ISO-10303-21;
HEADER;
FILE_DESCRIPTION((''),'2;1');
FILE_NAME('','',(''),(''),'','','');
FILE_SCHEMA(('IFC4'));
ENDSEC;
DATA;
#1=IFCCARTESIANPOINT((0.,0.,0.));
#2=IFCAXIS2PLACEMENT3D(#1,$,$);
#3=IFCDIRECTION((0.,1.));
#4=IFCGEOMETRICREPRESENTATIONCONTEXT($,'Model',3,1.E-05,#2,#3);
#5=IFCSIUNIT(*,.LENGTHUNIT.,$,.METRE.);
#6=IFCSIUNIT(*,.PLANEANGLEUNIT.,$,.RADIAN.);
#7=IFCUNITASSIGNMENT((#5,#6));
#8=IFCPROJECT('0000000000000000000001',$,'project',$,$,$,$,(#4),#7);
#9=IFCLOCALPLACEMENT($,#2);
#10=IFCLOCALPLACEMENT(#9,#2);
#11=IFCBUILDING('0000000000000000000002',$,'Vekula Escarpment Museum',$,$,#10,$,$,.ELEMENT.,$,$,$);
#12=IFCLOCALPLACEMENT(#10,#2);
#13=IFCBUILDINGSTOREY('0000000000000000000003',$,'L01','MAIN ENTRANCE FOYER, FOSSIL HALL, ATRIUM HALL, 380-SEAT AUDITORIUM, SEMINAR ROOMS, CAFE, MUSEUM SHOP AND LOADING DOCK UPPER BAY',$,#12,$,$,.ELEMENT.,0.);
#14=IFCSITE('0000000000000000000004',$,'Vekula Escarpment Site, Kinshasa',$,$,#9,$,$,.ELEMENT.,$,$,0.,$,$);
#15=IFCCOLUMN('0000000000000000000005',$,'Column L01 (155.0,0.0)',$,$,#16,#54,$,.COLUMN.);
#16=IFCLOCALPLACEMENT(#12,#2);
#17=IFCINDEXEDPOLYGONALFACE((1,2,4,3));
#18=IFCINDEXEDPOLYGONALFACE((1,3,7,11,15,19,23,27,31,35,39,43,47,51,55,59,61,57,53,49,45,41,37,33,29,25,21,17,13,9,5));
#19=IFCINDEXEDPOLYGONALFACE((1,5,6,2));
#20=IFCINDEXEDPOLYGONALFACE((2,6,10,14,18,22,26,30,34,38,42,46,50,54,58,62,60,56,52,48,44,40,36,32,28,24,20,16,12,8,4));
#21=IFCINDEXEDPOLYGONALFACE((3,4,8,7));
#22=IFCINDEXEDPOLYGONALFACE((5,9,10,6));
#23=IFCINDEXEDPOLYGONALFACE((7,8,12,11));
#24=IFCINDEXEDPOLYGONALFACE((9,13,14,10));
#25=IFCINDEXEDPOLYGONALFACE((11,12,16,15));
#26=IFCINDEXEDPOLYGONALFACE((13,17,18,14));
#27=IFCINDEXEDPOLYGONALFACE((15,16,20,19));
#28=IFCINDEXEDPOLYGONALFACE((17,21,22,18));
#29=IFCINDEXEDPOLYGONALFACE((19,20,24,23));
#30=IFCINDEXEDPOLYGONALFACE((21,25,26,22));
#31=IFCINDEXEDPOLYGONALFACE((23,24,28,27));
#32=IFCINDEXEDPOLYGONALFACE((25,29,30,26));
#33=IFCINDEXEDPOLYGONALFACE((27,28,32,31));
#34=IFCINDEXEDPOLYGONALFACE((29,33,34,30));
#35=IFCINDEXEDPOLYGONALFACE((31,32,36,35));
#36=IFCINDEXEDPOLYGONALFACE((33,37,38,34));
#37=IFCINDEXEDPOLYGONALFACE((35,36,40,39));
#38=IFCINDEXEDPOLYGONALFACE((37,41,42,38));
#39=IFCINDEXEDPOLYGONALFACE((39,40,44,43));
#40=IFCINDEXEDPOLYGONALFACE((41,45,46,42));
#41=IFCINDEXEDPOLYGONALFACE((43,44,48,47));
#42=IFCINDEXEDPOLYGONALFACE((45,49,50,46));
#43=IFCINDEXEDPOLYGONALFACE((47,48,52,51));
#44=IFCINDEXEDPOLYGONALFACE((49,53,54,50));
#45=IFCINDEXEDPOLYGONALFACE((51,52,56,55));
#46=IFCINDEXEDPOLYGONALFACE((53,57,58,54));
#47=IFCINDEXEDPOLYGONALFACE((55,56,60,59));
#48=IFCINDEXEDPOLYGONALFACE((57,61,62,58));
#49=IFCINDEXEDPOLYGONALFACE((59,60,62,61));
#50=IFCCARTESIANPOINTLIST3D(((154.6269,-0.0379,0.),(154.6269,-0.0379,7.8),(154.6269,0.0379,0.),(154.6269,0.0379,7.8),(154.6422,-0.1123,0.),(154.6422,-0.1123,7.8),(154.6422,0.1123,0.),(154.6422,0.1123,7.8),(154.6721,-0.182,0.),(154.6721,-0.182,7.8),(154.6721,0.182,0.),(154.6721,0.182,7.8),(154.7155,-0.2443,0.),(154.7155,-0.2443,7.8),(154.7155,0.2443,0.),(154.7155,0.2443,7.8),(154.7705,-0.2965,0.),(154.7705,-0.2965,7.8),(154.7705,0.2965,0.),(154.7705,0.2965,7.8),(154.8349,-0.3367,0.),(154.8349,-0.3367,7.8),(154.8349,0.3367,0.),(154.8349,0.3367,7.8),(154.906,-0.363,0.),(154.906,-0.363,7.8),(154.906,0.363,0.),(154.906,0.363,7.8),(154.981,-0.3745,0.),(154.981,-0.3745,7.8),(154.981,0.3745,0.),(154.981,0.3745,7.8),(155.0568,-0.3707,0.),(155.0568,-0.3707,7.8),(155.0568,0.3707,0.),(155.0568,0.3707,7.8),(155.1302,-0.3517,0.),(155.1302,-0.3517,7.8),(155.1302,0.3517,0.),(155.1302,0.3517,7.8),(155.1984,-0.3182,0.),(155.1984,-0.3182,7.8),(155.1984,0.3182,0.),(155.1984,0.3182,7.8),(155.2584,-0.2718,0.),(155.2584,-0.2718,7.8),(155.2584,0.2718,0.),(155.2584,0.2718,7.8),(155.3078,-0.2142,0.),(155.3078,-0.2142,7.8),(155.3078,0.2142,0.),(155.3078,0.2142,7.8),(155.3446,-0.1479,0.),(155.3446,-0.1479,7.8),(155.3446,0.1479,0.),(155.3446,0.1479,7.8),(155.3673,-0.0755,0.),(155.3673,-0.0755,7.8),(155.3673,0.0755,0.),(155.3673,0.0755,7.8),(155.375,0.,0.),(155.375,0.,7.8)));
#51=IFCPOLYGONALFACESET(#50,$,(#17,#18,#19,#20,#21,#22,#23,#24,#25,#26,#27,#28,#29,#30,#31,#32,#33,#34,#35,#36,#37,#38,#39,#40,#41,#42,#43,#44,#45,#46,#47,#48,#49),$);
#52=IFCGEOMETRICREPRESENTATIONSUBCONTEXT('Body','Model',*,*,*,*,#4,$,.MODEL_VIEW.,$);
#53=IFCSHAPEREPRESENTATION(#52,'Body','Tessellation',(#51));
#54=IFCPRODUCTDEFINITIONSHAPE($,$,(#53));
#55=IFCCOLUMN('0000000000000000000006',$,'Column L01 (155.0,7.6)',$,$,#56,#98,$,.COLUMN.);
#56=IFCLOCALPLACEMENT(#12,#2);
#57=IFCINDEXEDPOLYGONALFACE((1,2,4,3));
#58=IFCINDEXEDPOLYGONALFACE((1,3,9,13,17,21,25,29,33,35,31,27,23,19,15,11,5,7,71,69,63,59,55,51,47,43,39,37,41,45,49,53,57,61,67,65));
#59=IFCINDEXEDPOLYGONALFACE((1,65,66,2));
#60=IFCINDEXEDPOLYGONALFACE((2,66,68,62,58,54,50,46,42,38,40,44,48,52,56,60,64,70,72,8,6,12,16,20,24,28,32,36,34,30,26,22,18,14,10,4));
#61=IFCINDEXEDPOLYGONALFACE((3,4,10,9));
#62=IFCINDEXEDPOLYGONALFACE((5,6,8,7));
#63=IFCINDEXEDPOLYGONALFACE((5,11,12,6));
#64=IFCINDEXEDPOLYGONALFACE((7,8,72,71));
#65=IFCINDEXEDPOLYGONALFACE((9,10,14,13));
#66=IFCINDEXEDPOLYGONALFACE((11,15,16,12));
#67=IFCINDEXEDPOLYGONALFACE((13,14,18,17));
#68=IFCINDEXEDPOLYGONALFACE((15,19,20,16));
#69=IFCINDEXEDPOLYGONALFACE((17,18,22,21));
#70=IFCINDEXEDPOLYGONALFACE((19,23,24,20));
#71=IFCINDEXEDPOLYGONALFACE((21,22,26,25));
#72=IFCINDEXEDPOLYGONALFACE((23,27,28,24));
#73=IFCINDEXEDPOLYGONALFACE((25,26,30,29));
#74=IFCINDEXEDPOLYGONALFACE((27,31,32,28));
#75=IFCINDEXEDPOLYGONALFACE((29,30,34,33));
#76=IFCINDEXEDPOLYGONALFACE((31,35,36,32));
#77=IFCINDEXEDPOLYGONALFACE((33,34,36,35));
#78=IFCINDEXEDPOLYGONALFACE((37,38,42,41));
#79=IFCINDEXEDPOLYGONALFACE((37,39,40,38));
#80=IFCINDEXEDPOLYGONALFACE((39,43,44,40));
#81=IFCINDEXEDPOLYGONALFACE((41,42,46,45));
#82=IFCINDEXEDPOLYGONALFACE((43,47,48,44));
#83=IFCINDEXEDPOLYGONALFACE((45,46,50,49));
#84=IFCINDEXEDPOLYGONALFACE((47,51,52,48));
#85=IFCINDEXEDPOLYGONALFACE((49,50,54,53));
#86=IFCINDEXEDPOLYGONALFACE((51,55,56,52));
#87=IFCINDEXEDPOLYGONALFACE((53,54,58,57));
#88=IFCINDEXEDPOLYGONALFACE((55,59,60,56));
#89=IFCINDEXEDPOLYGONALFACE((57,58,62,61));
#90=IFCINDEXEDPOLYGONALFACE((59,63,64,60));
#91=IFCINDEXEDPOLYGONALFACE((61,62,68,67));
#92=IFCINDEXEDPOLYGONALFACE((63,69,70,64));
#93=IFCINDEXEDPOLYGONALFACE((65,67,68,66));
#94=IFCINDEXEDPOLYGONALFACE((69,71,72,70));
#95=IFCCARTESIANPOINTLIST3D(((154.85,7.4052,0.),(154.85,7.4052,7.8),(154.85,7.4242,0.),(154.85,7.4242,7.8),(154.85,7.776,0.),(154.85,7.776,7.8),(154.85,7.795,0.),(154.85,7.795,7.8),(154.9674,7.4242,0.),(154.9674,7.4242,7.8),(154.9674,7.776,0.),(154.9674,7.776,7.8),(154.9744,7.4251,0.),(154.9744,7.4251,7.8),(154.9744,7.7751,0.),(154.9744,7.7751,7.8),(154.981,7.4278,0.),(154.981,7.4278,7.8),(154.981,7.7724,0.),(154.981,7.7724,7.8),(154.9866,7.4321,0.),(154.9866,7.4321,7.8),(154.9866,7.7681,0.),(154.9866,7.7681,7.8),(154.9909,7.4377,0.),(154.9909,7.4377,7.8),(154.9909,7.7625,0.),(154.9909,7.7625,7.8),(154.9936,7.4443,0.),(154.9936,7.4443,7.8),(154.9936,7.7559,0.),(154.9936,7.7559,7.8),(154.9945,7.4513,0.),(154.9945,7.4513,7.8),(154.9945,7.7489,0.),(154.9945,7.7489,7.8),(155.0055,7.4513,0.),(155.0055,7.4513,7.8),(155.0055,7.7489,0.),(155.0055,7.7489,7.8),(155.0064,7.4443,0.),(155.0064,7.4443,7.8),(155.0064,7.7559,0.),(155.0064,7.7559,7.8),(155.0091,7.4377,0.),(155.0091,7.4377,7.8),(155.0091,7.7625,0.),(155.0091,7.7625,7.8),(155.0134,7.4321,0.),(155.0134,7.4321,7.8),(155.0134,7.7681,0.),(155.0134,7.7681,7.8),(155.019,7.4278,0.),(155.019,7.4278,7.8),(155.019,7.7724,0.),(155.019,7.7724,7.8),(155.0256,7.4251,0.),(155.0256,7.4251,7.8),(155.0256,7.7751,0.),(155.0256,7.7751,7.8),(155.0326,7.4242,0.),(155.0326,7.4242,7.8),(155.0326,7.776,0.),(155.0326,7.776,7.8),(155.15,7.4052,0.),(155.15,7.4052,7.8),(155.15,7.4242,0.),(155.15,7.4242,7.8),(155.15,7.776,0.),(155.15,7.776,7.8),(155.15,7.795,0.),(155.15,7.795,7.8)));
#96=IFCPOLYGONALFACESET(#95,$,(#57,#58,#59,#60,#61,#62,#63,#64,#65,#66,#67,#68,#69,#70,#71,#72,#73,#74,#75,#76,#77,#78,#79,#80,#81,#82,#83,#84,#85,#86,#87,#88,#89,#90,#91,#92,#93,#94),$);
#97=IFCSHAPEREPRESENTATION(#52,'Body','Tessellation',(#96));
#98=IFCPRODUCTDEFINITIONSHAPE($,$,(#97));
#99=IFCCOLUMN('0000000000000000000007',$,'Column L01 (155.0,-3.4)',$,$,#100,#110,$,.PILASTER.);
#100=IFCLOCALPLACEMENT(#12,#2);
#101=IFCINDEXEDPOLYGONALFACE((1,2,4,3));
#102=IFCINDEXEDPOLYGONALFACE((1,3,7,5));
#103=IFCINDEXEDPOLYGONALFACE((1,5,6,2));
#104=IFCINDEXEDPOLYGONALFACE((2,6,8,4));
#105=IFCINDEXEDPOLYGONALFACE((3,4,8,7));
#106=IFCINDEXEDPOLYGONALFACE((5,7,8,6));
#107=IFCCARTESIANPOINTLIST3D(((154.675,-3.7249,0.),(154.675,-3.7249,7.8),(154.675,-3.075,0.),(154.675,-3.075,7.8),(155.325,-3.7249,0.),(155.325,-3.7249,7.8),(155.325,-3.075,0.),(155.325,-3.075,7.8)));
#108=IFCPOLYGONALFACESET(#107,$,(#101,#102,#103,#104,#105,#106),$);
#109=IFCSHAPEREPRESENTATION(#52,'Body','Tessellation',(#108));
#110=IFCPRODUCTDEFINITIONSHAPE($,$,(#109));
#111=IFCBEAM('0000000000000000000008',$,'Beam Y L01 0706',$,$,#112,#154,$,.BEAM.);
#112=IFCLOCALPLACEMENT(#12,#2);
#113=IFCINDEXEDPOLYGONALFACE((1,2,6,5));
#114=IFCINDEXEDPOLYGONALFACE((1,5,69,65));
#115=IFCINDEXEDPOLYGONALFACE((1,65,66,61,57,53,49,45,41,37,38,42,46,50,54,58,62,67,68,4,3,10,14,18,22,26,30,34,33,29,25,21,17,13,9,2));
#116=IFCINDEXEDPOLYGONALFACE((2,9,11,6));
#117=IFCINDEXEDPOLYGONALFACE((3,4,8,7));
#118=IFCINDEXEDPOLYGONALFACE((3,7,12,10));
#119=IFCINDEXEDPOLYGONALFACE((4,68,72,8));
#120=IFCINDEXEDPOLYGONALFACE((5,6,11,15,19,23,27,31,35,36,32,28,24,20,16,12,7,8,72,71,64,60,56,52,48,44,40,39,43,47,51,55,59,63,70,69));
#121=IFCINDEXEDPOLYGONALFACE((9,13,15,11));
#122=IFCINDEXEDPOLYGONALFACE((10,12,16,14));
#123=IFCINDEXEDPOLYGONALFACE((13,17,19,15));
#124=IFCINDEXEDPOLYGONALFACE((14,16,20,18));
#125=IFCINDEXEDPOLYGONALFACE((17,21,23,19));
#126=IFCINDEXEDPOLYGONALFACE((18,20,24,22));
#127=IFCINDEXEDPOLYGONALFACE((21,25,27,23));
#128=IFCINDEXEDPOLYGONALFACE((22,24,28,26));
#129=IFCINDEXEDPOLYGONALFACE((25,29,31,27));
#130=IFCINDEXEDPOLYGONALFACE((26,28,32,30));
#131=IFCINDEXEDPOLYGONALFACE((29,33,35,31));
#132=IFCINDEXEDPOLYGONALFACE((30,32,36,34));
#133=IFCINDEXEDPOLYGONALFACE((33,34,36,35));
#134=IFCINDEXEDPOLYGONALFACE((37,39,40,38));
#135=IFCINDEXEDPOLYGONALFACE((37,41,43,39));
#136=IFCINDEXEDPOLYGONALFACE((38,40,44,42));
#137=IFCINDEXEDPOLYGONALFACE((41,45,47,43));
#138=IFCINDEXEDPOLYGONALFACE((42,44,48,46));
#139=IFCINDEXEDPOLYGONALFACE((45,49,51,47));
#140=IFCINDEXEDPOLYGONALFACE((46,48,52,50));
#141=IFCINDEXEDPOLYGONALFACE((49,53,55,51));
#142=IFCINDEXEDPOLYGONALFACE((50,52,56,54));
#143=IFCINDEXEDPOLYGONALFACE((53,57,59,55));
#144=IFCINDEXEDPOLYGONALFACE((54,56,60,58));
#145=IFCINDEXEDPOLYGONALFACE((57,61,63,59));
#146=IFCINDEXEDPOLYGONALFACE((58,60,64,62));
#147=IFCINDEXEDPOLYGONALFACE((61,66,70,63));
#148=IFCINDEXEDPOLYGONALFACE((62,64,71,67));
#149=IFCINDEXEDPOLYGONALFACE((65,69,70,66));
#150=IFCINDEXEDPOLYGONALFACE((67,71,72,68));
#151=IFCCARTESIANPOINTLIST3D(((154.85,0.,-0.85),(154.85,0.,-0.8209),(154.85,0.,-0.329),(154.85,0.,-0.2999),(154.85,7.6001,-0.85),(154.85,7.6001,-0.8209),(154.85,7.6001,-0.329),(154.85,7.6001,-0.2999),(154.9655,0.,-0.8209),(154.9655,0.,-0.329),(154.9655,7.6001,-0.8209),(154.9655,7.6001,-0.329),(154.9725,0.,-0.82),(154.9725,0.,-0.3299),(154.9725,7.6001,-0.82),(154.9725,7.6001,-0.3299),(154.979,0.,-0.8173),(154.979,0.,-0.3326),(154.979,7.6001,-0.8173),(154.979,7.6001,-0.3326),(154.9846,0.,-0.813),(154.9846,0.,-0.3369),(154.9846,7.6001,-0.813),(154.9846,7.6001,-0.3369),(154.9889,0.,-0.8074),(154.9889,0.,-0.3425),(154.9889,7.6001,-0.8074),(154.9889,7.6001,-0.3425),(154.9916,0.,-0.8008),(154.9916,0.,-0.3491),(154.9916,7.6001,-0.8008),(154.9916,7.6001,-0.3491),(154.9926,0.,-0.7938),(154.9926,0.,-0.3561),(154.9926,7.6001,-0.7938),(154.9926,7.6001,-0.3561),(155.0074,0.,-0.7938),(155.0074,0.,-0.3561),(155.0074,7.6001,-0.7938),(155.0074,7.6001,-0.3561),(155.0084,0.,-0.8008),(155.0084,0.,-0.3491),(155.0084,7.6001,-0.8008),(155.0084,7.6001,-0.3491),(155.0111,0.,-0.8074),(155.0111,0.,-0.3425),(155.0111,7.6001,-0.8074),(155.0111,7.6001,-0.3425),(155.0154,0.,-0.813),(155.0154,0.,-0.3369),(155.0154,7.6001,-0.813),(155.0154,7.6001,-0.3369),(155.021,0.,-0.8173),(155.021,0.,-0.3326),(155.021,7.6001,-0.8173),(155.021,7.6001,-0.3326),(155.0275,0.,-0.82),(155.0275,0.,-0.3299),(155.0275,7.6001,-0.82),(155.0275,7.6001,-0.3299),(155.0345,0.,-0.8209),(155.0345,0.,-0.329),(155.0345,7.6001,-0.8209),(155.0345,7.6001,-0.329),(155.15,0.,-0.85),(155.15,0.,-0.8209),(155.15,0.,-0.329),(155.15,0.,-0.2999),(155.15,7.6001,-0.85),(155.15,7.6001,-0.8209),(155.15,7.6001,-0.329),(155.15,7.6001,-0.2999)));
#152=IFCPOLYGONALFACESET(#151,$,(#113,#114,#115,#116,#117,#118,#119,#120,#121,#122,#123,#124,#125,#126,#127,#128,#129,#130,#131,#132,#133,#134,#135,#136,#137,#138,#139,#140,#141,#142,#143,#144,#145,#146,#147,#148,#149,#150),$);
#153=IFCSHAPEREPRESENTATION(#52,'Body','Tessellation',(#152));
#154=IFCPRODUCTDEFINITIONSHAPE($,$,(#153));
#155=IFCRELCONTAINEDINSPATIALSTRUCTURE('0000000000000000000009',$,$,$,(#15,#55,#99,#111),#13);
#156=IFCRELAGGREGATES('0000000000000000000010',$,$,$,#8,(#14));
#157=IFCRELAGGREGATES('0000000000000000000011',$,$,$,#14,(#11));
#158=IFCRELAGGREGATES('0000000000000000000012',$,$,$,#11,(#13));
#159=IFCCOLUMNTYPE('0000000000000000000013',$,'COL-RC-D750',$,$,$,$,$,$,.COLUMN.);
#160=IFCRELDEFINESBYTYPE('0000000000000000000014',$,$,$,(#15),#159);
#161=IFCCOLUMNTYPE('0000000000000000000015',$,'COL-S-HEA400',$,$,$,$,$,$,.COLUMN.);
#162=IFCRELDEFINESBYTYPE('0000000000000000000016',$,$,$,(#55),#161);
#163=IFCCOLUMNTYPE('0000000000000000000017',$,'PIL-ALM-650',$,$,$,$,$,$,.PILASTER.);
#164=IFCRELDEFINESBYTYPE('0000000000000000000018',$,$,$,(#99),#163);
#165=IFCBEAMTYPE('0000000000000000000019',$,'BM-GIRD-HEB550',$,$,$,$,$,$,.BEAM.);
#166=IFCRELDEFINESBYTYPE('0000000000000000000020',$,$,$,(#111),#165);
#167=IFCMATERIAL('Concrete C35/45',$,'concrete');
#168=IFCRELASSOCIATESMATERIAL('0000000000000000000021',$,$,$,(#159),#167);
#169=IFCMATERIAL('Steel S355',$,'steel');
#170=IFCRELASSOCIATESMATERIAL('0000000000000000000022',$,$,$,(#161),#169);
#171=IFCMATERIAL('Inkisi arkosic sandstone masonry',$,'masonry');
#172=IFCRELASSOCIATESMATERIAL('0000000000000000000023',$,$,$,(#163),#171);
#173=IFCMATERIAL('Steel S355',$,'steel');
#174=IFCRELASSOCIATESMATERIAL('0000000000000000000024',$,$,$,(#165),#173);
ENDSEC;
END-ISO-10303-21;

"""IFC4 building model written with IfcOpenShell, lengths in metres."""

from ifc_helpers import new_model, si_unit, direction, frame, origin, origin_2d, place, context, subcontext, project, spatial, rectangle, circle, i_section, extrude, material, material_profile, profile_set, type_object, element, save


model = new_model("IFC4")

# Units and contexts
model_context = context("Model", 3, precision=1e-05, world=origin(), true_north=direction((0.0, 1.0)))
body_context = subcontext(model_context, "Body", "Model", "MODEL_VIEW")
ifc_project = project(units=[si_unit("LENGTHUNIT", "METRE"), si_unit("PLANEANGLEUNIT", "RADIAN")], contexts=[model_context])

# Site, building, storey
site_placement = place(None, origin())
site = spatial("IfcSite", under=ifc_project, at=site_placement, Name="Vekula Escarpment Site, Kinshasa", CompositionType="ELEMENT", RefElevation=0.0)
building_placement = place(site_placement, origin())
building = spatial("IfcBuilding", under=site, at=building_placement, Name="Vekula Escarpment Museum", CompositionType="ELEMENT")
storey_placement = place(building_placement, origin())
storey = spatial("IfcBuildingStorey", under=building, at=storey_placement, Name="L01", Description="MAIN ENTRANCE FOYER, FOSSIL HALL, ATRIUM HALL, 380-SEAT AUDITORIUM, SEMINAR ROOMS, CAFE, MUSEUM SHOP AND LOADING DOCK UPPER BAY", CompositionType="ELEMENT", Elevation=0.0)

# Columns
ifc_material_1 = material(Name="Concrete C35/45", Category="concrete")
ifc_material_profile_1 = material_profile(ifc_material_1, circle(Radius=0.375, at=origin_2d()), Name="RC COL D750")
ifc_profile_set_1 = profile_set([ifc_material_profile_1], Name="Concrete C35/45")
column_type_1 = type_object("IfcColumnType", Name="COL-RC-D750", PredefinedType="COLUMN", material=ifc_profile_set_1)
column_1_placement = place(storey_placement, frame((155.0, 0.0, 0.0), z_axis=(0.0, 0.0, 1.0), x_axis=(1.0, 0.0, 0.0)))
element("IfcColumn", 1, at=column_1_placement, inside=storey, type_object=column_type_1, Name="Column L01 (155.0,0.0)", PredefinedType="COLUMN", context=body_context, shape_type="SweptSolid", body=[
    extrude(circle(Radius=0.375, at=origin_2d()), origin(), (0.0, 0.0, 1.0), 7.8),
])
ifc_material_2 = material(Name="Steel S355", Category="steel")
ifc_material_profile_2 = material_profile(ifc_material_2, i_section(OverallWidth=0.3, OverallDepth=0.3899, WebThickness=0.011, FlangeThickness=0.019, FilletRadius=0.0271, at=origin_2d()), Name="HEA 400")
ifc_profile_set_2 = profile_set([ifc_material_profile_2], Name="Steel S355")
column_type_2 = type_object("IfcColumnType", Name="COL-S-HEA400", PredefinedType="COLUMN", material=ifc_profile_set_2)
column_2_placement = place(storey_placement, frame((155.0, 7.6001, 0.0), z_axis=(0.0, 0.0, 1.0), x_axis=(1.0, 0.0, 0.0)))
element("IfcColumn", 2, at=column_2_placement, inside=storey, type_object=column_type_2, Name="Column L01 (155.0,7.6)", PredefinedType="COLUMN", context=body_context, shape_type="SweptSolid", body=[
    extrude(i_section(OverallWidth=0.3, OverallDepth=0.3899, WebThickness=0.011, FlangeThickness=0.019, FilletRadius=0.0271, at=origin_2d()), origin(), (0.0, 0.0, 1.0), 7.8),
])
ifc_material_3 = material(Name="Inkisi arkosic sandstone masonry", Category="masonry")
ifc_material_profile_3 = material_profile(ifc_material_3, rectangle(XDim=0.6499, YDim=0.6499, at=origin_2d()), Name="PIER 650x650")
ifc_profile_set_3 = profile_set([ifc_material_profile_3], Name="Inkisi arkosic sandstone masonry")
column_type_3 = type_object("IfcColumnType", Name="PIL-ALM-650", PredefinedType="PILASTER", material=ifc_profile_set_3)
column_3_placement = place(storey_placement, frame((155.0, -3.3999, 0.0), z_axis=(0.0, 0.0, 1.0), x_axis=(1.0, 0.0, 0.0)))
element("IfcColumn", 3, at=column_3_placement, inside=storey, type_object=column_type_3, Name="Column L01 (155.0,-3.4)", PredefinedType="PILASTER", context=body_context, shape_type="SweptSolid", body=[
    extrude(rectangle(XDim=0.6499, YDim=0.6499, at=origin_2d()), origin(), (0.0, 0.0, 1.0), 7.8),
])

# Beam
ifc_material_4 = material(Name="Steel S355", Category="steel")
ifc_material_profile_4 = material_profile(ifc_material_4, i_section(OverallWidth=0.3, OverallDepth=0.55, WebThickness=0.0149, FlangeThickness=0.0291, FilletRadius=0.0271, at=origin_2d()), Name="HEB 550")
ifc_profile_set_4 = profile_set([ifc_material_profile_4], Name="Steel S355")
beam_type_1 = type_object("IfcBeamType", Name="BM-GIRD-HEB550", PredefinedType="BEAM", material=ifc_profile_set_4)
beam_1_placement = place(storey_placement, frame((155.0, 0.0, -0.575), z_axis=(0.0, 1.0, 0.0), x_axis=(-1.0, 0.0, 0.0)))
element("IfcBeam", 4, at=beam_1_placement, inside=storey, type_object=beam_type_1, Name="Beam Y L01 0706", PredefinedType="BEAM", context=body_context, shape_type="SweptSolid", body=[
    extrude(i_section(OverallWidth=0.3, OverallDepth=0.55, WebThickness=0.0149, FlangeThickness=0.0291, FilletRadius=0.0271, at=origin_2d()), origin(), (0.0, 0.0, 1.0), 7.6001),
])

save(model, "model.ifc")
